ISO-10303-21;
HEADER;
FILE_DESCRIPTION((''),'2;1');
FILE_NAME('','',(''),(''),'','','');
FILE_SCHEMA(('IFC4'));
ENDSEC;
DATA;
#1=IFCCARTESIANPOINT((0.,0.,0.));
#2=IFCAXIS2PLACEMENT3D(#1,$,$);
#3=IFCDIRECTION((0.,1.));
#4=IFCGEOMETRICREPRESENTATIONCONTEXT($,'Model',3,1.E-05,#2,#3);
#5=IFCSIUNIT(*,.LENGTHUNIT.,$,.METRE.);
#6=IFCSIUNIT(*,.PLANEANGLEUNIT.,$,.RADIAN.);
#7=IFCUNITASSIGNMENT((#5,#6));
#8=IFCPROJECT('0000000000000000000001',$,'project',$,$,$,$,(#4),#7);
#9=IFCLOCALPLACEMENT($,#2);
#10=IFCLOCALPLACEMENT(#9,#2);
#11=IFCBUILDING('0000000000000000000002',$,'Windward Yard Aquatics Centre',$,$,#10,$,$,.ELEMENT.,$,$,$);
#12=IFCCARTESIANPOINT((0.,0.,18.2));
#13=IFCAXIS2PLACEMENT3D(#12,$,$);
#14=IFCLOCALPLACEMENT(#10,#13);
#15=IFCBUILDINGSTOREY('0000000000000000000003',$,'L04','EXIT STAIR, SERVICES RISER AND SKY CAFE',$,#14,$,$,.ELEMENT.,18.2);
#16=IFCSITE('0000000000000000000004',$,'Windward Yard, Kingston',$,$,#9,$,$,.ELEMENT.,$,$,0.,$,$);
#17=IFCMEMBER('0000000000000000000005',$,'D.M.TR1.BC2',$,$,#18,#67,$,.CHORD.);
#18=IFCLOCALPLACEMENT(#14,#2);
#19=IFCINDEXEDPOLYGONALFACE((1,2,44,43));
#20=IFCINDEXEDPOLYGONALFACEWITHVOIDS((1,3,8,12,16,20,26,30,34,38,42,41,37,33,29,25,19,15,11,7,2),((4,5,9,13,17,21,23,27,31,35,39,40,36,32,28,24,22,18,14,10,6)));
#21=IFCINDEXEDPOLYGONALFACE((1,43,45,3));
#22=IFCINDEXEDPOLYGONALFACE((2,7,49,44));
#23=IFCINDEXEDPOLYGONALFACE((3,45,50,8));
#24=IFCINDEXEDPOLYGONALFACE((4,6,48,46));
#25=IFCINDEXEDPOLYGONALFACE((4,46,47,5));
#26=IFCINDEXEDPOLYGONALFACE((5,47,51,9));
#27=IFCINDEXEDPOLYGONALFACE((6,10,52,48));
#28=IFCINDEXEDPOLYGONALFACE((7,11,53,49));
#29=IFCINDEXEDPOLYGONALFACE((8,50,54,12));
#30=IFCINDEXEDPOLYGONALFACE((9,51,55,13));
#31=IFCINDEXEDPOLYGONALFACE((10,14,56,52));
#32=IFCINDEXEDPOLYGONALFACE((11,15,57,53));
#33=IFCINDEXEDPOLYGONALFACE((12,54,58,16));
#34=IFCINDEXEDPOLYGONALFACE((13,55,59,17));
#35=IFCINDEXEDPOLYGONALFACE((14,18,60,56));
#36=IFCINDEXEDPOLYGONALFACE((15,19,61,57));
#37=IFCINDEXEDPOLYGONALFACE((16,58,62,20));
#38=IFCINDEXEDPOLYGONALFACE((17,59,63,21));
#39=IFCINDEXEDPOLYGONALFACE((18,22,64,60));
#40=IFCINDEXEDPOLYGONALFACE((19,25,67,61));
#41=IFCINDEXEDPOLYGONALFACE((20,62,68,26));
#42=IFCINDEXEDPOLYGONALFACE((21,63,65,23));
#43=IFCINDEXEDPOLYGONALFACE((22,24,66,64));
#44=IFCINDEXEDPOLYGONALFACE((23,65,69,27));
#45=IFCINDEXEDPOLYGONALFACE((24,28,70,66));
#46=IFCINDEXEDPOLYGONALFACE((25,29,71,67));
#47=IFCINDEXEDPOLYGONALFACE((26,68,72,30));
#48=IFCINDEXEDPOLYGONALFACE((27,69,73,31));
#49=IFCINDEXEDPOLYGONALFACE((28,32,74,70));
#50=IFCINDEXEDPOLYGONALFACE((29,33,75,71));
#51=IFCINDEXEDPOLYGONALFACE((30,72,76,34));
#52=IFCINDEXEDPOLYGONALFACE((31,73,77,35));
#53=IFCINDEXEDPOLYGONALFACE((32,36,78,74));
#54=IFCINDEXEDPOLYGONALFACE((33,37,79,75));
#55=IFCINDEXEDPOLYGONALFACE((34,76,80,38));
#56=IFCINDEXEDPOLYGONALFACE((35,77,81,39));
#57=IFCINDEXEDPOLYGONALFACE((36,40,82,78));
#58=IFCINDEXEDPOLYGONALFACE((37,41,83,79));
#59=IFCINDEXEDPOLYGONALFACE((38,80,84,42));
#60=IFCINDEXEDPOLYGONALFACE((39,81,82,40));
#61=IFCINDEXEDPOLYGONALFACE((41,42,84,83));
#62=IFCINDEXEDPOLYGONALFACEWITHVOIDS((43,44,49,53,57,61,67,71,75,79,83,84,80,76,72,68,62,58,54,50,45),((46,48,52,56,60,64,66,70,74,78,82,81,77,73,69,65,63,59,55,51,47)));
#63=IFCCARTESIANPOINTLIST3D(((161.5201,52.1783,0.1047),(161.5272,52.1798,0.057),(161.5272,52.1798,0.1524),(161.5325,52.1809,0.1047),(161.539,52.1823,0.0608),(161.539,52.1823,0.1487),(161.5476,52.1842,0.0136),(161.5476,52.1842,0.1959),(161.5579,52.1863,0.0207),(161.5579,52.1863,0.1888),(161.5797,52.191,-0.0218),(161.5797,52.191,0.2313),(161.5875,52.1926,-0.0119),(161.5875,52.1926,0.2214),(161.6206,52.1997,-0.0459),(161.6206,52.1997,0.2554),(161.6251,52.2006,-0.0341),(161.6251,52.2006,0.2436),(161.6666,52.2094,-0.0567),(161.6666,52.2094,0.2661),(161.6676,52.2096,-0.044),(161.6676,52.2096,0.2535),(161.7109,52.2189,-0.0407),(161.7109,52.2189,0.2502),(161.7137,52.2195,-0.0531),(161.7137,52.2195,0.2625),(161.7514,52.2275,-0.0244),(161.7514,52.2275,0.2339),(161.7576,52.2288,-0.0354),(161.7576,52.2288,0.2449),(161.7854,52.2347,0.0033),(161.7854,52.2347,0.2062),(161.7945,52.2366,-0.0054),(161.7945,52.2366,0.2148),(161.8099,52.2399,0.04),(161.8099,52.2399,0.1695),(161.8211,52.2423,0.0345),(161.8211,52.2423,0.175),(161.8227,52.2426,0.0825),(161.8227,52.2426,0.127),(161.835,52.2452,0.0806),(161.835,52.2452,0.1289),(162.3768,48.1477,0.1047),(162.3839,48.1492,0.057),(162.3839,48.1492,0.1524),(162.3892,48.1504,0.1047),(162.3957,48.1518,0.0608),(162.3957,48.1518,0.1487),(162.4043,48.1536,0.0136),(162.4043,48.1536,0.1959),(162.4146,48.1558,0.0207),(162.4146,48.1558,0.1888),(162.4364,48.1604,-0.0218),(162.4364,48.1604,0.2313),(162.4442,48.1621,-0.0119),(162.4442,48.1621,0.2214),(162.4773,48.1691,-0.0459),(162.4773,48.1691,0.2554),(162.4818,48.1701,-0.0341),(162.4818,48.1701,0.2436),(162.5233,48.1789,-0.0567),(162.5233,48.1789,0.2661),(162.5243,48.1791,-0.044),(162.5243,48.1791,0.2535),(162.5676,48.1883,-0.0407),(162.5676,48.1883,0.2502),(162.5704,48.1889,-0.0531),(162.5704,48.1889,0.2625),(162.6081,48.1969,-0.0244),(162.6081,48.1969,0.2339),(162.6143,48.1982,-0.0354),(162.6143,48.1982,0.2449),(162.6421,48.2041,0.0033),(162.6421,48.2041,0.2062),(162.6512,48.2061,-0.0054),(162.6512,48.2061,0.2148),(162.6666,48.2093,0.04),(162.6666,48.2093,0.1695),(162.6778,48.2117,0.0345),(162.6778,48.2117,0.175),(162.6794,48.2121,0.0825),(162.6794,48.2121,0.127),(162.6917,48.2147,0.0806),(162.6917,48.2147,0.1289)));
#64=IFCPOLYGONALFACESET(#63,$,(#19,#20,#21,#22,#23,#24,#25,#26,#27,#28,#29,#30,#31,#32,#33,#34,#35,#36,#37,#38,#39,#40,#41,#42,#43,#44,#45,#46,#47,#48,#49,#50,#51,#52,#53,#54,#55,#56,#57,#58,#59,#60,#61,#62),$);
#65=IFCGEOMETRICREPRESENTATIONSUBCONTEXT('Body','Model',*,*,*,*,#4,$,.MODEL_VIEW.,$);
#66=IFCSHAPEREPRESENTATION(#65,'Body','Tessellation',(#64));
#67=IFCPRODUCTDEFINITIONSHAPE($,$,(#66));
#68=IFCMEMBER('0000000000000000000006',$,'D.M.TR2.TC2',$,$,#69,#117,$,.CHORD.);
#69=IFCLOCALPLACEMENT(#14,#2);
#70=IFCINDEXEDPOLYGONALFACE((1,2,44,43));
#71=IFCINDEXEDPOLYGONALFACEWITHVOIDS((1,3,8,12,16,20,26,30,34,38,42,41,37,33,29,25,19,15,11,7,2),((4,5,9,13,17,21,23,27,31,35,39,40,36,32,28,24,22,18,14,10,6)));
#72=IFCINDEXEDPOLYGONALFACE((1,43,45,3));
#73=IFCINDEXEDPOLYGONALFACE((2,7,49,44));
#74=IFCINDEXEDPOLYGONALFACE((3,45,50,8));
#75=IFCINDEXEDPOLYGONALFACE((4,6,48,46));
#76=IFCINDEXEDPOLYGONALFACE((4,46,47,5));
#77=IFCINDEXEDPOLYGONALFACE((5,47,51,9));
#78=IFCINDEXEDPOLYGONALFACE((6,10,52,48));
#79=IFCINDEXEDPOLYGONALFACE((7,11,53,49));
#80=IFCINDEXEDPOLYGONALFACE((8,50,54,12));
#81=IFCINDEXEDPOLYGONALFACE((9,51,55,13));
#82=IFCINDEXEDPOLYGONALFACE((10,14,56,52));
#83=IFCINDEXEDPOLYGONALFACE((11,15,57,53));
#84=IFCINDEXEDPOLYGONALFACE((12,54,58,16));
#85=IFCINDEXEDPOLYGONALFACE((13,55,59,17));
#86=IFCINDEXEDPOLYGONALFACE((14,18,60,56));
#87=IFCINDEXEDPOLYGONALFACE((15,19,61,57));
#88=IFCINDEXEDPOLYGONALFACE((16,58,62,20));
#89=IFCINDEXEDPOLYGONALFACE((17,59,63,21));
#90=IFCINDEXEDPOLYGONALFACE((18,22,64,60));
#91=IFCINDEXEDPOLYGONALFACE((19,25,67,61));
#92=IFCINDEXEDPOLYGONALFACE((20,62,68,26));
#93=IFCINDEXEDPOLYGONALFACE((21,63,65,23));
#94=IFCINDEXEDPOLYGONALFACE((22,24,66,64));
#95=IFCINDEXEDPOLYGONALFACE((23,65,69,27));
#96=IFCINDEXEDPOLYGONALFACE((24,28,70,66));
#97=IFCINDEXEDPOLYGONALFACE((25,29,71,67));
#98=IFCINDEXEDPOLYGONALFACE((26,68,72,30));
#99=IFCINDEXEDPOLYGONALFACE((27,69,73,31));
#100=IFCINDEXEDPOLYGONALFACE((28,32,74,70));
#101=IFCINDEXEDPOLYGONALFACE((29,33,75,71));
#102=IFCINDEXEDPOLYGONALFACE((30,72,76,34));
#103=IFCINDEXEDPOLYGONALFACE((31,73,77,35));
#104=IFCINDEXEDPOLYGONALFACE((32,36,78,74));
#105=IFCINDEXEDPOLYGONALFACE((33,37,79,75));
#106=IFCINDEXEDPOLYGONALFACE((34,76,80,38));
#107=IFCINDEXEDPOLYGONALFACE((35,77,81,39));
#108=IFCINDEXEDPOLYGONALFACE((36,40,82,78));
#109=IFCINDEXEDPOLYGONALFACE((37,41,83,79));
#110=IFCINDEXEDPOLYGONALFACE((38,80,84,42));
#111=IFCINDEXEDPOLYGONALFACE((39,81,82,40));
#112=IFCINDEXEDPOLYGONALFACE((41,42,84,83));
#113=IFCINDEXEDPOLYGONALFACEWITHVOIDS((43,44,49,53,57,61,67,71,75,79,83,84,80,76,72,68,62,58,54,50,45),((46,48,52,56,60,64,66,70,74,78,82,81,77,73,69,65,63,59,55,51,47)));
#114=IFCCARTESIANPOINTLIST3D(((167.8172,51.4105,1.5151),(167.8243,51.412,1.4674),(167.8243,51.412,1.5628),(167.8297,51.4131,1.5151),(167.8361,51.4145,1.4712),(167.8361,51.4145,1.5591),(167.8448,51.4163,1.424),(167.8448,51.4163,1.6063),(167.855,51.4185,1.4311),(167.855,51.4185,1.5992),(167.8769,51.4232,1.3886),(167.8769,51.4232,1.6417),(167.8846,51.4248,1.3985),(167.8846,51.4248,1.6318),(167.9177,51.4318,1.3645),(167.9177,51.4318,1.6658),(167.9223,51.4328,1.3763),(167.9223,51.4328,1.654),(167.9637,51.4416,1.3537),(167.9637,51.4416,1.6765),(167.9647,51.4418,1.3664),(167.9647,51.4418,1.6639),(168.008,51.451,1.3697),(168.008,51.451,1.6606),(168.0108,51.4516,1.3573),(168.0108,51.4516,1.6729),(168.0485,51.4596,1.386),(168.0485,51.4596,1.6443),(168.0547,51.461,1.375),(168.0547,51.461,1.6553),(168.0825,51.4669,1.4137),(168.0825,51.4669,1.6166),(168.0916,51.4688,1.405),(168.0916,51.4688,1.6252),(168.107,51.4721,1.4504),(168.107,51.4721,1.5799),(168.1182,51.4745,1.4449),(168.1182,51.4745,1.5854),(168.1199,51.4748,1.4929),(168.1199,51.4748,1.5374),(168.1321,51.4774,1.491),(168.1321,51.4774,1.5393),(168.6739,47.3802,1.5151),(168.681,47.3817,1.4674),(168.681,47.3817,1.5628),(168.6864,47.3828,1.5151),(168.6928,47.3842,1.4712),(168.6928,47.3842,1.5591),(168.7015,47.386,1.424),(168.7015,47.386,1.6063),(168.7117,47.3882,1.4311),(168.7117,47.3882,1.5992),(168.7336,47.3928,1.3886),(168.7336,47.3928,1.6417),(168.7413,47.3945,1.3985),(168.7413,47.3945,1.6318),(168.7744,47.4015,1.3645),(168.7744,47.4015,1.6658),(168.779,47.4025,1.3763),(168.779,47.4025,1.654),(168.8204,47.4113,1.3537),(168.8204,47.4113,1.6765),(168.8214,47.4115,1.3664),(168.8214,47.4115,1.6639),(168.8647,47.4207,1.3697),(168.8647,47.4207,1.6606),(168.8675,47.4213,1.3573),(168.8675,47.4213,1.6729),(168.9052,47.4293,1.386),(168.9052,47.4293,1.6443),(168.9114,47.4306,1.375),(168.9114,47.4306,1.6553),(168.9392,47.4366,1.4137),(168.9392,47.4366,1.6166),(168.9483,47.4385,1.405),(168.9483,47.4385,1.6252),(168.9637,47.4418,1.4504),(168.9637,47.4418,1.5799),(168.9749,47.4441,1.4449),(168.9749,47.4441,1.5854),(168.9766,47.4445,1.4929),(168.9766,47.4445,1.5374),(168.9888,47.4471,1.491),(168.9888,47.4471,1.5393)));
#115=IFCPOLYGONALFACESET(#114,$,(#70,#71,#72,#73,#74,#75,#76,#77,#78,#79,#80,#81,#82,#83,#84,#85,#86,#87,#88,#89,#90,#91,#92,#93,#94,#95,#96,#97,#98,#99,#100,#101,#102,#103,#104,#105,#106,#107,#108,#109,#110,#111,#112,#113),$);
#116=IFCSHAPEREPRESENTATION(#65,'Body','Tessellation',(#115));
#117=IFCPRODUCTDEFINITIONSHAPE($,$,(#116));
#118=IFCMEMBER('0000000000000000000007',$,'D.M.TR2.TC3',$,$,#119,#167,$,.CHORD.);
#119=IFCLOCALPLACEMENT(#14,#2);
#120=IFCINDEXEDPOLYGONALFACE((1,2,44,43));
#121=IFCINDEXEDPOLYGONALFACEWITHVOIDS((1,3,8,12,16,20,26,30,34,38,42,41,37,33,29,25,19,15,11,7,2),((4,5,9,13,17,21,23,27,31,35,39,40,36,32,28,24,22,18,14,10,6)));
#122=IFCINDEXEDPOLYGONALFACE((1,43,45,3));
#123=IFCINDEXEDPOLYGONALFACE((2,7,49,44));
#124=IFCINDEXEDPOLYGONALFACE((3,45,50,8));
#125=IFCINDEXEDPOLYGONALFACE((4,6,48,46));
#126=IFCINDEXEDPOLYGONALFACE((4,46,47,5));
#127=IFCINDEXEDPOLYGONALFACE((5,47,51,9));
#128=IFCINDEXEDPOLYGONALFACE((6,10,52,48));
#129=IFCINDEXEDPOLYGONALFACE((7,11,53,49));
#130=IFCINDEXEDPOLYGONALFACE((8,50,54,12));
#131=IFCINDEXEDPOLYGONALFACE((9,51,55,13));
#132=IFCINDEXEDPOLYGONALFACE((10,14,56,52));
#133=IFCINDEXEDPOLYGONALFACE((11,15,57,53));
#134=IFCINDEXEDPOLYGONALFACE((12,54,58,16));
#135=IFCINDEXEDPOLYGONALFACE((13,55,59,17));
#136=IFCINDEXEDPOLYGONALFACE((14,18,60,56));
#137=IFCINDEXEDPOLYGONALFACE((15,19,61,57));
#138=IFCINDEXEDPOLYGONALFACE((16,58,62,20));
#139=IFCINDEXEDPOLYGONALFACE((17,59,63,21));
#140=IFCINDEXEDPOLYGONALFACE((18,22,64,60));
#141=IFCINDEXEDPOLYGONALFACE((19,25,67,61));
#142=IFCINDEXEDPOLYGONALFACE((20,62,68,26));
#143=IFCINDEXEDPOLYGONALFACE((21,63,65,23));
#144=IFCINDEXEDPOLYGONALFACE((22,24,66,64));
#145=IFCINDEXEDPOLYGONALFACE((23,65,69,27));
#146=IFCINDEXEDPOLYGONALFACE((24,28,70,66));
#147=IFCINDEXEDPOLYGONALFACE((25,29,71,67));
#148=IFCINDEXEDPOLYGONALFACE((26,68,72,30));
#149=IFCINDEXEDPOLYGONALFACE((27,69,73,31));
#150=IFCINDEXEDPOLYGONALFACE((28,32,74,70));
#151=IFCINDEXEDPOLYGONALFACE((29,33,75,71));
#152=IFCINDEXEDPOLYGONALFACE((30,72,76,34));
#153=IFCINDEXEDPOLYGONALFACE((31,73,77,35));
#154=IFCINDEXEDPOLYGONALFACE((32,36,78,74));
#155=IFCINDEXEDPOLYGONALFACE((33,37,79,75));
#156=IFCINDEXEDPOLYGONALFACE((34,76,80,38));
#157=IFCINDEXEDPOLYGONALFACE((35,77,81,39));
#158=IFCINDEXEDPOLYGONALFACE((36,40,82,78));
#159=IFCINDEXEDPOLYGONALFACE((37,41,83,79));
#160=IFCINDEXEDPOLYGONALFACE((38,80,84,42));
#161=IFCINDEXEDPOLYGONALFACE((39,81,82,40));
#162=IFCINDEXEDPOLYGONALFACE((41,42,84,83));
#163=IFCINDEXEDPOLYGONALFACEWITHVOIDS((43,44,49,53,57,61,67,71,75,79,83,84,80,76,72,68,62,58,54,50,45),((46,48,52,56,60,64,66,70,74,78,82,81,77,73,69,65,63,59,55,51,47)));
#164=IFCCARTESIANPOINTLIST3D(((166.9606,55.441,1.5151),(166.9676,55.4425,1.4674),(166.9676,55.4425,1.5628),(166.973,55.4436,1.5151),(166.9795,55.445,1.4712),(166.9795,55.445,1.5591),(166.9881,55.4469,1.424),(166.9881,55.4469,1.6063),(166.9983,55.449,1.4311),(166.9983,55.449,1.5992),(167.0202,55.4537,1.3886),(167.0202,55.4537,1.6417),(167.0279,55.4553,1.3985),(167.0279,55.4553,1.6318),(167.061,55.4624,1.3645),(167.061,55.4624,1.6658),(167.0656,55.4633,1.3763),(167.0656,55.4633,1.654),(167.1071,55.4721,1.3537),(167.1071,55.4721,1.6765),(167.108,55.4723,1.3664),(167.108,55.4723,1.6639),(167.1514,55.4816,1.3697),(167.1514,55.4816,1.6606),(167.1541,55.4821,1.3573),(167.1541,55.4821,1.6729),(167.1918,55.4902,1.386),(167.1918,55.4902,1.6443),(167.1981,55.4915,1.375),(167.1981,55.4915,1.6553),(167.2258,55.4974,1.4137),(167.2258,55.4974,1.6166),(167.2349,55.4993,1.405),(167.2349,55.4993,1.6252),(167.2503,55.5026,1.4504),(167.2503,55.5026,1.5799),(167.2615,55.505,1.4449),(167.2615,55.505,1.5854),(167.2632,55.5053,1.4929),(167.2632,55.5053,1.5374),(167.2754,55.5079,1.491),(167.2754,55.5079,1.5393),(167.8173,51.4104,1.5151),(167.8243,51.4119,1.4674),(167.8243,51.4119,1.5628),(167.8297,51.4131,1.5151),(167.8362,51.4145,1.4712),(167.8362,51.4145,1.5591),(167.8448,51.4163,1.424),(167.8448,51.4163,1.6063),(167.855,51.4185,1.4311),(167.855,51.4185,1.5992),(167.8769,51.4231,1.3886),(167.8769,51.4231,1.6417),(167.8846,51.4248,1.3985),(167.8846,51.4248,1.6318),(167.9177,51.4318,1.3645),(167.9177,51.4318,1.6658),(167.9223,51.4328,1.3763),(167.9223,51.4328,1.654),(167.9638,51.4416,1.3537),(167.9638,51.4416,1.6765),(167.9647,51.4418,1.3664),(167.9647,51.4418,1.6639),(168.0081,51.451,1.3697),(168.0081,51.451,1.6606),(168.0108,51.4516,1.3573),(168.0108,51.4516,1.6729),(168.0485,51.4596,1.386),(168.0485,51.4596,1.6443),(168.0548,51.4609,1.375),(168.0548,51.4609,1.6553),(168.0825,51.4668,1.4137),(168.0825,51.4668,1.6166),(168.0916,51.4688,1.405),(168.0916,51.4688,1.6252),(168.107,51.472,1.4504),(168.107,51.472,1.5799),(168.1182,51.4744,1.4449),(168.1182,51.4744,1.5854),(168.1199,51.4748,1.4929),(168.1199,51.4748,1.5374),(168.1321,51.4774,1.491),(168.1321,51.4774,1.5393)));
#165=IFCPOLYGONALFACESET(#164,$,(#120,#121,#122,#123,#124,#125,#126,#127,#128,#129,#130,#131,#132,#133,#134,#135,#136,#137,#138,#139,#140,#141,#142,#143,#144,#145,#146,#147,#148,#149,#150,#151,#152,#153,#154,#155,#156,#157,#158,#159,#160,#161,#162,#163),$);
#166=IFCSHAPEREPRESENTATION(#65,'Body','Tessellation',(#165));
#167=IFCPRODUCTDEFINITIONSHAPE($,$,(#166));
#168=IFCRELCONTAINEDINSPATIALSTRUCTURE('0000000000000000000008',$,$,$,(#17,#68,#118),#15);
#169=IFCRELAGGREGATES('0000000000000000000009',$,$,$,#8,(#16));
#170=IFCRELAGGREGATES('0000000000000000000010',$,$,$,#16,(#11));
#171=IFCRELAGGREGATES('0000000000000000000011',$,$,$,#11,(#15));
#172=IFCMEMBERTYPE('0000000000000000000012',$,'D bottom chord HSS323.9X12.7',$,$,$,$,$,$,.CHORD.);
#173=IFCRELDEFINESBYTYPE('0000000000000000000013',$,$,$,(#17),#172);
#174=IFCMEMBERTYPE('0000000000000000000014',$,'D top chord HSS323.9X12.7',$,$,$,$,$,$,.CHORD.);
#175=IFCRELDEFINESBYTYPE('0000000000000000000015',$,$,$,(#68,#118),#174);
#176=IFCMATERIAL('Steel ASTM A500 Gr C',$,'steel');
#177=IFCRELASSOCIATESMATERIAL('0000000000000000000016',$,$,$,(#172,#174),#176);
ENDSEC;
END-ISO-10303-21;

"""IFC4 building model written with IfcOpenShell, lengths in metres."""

from ifc_helpers import new_model, si_unit, direction, frame, origin, origin_2d, place, context, subcontext, project, spatial, hollow_circle, extrude, material, material_profile, profile_set, type_object, element, save


model = new_model("IFC4")

# Units and contexts
model_context = context("Model", 3, precision=1e-05, world=origin(), true_north=direction((0.0, 1.0)))
body_context = subcontext(model_context, "Body", "Model", "MODEL_VIEW")
ifc_project = project(units=[si_unit("LENGTHUNIT", "METRE"), si_unit("PLANEANGLEUNIT", "RADIAN")], contexts=[model_context])

# Site, building, storey
site_placement = place(None, origin())
site = spatial("IfcSite", under=ifc_project, at=site_placement, Name="Windward Yard, Kingston", CompositionType="ELEMENT", RefElevation=0.0)
building_placement = place(site_placement, origin())
building = spatial("IfcBuilding", under=site, at=building_placement, Name="Windward Yard Aquatics Centre", CompositionType="ELEMENT")
storey_placement = place(building_placement, frame((0.0, 0.0, 18.2)))
storey = spatial("IfcBuildingStorey", under=building, at=storey_placement, Name="L04", Description="EXIT STAIR, SERVICES RISER AND SKY CAFE", CompositionType="ELEMENT", Elevation=18.2)

# Members
ifc_material_1 = material(Name="Steel ASTM A500 Gr C", Category="steel")
ifc_material_profile_1 = material_profile(ifc_material_1, hollow_circle(Radius=0.1619, WallThickness=0.0127, at=origin_2d()), Name="HSS323.9X12.7")
ifc_profile_set_1 = profile_set([ifc_material_profile_1], Name="Steel ASTM A500 Gr C")
member_type_1 = type_object("IfcMemberType", Name="D bottom chord HSS323.9X12.7", PredefinedType="CHORD", material=ifc_profile_set_1)
member_1_placement = place(storey_placement, frame((162.5352, 48.1814, 0.1047), z_axis=(-0.207906, 0.978149, 0.0), x_axis=(-0.978149, -0.207906, 0.0)))
element("IfcMember", 1, at=member_1_placement, inside=storey, type_object=member_type_1, Name="D.M.TR1.BC2", PredefinedType="CHORD", context=body_context, shape_type="SweptSolid", body=[
    extrude(hollow_circle(Radius=0.1619, WallThickness=0.0127, at=origin_2d()), origin(), (0.0, 0.0, 1.0), 4.1206),
])
ifc_material_profile_2 = material_profile(ifc_material_1, hollow_circle(Radius=0.1619, WallThickness=0.0127, at=origin_2d()), Name="HSS323.9X12.7")
ifc_profile_set_2 = profile_set([ifc_material_profile_2], Name="Steel ASTM A500 Gr C")
member_type_2 = type_object("IfcMemberType", Name="D top chord HSS323.9X12.7", PredefinedType="CHORD", material=ifc_profile_set_2)
member_2_placement = place(storey_placement, frame((168.8323, 47.4138, 1.5151), z_axis=(-0.207918, 0.978146, 0.0), x_axis=(-0.978146, -0.207918, 0.0)))
element("IfcMember", 2, at=member_2_placement, inside=storey, type_object=member_type_2, Name="D.M.TR2.TC2", PredefinedType="CHORD", context=body_context, shape_type="SweptSolid", body=[
    extrude(hollow_circle(Radius=0.1619, WallThickness=0.0127, at=origin_2d()), origin(), (0.0, 0.0, 1.0), 4.1204),
])
for number, where, z_axis, x_axis, name in (
    (3, (167.9756, 51.4441, 1.5151), (-0.207906, 0.978149, 0.0), (-0.978149, -0.207906, 0.0), "D.M.TR2.TC3"),
):
    element("IfcMember", number, at=place(storey_placement, frame(where, z_axis=z_axis, x_axis=x_axis)), inside=storey, type_object=member_type_2, Name=name, PredefinedType="CHORD", context=body_context, shape_type="SweptSolid", body=[
        extrude(hollow_circle(Radius=0.1619, WallThickness=0.0127, at=origin_2d()), origin(), (0.0, 0.0, 1.0), 4.1206),
    ])

save(model, "model.ifc")
